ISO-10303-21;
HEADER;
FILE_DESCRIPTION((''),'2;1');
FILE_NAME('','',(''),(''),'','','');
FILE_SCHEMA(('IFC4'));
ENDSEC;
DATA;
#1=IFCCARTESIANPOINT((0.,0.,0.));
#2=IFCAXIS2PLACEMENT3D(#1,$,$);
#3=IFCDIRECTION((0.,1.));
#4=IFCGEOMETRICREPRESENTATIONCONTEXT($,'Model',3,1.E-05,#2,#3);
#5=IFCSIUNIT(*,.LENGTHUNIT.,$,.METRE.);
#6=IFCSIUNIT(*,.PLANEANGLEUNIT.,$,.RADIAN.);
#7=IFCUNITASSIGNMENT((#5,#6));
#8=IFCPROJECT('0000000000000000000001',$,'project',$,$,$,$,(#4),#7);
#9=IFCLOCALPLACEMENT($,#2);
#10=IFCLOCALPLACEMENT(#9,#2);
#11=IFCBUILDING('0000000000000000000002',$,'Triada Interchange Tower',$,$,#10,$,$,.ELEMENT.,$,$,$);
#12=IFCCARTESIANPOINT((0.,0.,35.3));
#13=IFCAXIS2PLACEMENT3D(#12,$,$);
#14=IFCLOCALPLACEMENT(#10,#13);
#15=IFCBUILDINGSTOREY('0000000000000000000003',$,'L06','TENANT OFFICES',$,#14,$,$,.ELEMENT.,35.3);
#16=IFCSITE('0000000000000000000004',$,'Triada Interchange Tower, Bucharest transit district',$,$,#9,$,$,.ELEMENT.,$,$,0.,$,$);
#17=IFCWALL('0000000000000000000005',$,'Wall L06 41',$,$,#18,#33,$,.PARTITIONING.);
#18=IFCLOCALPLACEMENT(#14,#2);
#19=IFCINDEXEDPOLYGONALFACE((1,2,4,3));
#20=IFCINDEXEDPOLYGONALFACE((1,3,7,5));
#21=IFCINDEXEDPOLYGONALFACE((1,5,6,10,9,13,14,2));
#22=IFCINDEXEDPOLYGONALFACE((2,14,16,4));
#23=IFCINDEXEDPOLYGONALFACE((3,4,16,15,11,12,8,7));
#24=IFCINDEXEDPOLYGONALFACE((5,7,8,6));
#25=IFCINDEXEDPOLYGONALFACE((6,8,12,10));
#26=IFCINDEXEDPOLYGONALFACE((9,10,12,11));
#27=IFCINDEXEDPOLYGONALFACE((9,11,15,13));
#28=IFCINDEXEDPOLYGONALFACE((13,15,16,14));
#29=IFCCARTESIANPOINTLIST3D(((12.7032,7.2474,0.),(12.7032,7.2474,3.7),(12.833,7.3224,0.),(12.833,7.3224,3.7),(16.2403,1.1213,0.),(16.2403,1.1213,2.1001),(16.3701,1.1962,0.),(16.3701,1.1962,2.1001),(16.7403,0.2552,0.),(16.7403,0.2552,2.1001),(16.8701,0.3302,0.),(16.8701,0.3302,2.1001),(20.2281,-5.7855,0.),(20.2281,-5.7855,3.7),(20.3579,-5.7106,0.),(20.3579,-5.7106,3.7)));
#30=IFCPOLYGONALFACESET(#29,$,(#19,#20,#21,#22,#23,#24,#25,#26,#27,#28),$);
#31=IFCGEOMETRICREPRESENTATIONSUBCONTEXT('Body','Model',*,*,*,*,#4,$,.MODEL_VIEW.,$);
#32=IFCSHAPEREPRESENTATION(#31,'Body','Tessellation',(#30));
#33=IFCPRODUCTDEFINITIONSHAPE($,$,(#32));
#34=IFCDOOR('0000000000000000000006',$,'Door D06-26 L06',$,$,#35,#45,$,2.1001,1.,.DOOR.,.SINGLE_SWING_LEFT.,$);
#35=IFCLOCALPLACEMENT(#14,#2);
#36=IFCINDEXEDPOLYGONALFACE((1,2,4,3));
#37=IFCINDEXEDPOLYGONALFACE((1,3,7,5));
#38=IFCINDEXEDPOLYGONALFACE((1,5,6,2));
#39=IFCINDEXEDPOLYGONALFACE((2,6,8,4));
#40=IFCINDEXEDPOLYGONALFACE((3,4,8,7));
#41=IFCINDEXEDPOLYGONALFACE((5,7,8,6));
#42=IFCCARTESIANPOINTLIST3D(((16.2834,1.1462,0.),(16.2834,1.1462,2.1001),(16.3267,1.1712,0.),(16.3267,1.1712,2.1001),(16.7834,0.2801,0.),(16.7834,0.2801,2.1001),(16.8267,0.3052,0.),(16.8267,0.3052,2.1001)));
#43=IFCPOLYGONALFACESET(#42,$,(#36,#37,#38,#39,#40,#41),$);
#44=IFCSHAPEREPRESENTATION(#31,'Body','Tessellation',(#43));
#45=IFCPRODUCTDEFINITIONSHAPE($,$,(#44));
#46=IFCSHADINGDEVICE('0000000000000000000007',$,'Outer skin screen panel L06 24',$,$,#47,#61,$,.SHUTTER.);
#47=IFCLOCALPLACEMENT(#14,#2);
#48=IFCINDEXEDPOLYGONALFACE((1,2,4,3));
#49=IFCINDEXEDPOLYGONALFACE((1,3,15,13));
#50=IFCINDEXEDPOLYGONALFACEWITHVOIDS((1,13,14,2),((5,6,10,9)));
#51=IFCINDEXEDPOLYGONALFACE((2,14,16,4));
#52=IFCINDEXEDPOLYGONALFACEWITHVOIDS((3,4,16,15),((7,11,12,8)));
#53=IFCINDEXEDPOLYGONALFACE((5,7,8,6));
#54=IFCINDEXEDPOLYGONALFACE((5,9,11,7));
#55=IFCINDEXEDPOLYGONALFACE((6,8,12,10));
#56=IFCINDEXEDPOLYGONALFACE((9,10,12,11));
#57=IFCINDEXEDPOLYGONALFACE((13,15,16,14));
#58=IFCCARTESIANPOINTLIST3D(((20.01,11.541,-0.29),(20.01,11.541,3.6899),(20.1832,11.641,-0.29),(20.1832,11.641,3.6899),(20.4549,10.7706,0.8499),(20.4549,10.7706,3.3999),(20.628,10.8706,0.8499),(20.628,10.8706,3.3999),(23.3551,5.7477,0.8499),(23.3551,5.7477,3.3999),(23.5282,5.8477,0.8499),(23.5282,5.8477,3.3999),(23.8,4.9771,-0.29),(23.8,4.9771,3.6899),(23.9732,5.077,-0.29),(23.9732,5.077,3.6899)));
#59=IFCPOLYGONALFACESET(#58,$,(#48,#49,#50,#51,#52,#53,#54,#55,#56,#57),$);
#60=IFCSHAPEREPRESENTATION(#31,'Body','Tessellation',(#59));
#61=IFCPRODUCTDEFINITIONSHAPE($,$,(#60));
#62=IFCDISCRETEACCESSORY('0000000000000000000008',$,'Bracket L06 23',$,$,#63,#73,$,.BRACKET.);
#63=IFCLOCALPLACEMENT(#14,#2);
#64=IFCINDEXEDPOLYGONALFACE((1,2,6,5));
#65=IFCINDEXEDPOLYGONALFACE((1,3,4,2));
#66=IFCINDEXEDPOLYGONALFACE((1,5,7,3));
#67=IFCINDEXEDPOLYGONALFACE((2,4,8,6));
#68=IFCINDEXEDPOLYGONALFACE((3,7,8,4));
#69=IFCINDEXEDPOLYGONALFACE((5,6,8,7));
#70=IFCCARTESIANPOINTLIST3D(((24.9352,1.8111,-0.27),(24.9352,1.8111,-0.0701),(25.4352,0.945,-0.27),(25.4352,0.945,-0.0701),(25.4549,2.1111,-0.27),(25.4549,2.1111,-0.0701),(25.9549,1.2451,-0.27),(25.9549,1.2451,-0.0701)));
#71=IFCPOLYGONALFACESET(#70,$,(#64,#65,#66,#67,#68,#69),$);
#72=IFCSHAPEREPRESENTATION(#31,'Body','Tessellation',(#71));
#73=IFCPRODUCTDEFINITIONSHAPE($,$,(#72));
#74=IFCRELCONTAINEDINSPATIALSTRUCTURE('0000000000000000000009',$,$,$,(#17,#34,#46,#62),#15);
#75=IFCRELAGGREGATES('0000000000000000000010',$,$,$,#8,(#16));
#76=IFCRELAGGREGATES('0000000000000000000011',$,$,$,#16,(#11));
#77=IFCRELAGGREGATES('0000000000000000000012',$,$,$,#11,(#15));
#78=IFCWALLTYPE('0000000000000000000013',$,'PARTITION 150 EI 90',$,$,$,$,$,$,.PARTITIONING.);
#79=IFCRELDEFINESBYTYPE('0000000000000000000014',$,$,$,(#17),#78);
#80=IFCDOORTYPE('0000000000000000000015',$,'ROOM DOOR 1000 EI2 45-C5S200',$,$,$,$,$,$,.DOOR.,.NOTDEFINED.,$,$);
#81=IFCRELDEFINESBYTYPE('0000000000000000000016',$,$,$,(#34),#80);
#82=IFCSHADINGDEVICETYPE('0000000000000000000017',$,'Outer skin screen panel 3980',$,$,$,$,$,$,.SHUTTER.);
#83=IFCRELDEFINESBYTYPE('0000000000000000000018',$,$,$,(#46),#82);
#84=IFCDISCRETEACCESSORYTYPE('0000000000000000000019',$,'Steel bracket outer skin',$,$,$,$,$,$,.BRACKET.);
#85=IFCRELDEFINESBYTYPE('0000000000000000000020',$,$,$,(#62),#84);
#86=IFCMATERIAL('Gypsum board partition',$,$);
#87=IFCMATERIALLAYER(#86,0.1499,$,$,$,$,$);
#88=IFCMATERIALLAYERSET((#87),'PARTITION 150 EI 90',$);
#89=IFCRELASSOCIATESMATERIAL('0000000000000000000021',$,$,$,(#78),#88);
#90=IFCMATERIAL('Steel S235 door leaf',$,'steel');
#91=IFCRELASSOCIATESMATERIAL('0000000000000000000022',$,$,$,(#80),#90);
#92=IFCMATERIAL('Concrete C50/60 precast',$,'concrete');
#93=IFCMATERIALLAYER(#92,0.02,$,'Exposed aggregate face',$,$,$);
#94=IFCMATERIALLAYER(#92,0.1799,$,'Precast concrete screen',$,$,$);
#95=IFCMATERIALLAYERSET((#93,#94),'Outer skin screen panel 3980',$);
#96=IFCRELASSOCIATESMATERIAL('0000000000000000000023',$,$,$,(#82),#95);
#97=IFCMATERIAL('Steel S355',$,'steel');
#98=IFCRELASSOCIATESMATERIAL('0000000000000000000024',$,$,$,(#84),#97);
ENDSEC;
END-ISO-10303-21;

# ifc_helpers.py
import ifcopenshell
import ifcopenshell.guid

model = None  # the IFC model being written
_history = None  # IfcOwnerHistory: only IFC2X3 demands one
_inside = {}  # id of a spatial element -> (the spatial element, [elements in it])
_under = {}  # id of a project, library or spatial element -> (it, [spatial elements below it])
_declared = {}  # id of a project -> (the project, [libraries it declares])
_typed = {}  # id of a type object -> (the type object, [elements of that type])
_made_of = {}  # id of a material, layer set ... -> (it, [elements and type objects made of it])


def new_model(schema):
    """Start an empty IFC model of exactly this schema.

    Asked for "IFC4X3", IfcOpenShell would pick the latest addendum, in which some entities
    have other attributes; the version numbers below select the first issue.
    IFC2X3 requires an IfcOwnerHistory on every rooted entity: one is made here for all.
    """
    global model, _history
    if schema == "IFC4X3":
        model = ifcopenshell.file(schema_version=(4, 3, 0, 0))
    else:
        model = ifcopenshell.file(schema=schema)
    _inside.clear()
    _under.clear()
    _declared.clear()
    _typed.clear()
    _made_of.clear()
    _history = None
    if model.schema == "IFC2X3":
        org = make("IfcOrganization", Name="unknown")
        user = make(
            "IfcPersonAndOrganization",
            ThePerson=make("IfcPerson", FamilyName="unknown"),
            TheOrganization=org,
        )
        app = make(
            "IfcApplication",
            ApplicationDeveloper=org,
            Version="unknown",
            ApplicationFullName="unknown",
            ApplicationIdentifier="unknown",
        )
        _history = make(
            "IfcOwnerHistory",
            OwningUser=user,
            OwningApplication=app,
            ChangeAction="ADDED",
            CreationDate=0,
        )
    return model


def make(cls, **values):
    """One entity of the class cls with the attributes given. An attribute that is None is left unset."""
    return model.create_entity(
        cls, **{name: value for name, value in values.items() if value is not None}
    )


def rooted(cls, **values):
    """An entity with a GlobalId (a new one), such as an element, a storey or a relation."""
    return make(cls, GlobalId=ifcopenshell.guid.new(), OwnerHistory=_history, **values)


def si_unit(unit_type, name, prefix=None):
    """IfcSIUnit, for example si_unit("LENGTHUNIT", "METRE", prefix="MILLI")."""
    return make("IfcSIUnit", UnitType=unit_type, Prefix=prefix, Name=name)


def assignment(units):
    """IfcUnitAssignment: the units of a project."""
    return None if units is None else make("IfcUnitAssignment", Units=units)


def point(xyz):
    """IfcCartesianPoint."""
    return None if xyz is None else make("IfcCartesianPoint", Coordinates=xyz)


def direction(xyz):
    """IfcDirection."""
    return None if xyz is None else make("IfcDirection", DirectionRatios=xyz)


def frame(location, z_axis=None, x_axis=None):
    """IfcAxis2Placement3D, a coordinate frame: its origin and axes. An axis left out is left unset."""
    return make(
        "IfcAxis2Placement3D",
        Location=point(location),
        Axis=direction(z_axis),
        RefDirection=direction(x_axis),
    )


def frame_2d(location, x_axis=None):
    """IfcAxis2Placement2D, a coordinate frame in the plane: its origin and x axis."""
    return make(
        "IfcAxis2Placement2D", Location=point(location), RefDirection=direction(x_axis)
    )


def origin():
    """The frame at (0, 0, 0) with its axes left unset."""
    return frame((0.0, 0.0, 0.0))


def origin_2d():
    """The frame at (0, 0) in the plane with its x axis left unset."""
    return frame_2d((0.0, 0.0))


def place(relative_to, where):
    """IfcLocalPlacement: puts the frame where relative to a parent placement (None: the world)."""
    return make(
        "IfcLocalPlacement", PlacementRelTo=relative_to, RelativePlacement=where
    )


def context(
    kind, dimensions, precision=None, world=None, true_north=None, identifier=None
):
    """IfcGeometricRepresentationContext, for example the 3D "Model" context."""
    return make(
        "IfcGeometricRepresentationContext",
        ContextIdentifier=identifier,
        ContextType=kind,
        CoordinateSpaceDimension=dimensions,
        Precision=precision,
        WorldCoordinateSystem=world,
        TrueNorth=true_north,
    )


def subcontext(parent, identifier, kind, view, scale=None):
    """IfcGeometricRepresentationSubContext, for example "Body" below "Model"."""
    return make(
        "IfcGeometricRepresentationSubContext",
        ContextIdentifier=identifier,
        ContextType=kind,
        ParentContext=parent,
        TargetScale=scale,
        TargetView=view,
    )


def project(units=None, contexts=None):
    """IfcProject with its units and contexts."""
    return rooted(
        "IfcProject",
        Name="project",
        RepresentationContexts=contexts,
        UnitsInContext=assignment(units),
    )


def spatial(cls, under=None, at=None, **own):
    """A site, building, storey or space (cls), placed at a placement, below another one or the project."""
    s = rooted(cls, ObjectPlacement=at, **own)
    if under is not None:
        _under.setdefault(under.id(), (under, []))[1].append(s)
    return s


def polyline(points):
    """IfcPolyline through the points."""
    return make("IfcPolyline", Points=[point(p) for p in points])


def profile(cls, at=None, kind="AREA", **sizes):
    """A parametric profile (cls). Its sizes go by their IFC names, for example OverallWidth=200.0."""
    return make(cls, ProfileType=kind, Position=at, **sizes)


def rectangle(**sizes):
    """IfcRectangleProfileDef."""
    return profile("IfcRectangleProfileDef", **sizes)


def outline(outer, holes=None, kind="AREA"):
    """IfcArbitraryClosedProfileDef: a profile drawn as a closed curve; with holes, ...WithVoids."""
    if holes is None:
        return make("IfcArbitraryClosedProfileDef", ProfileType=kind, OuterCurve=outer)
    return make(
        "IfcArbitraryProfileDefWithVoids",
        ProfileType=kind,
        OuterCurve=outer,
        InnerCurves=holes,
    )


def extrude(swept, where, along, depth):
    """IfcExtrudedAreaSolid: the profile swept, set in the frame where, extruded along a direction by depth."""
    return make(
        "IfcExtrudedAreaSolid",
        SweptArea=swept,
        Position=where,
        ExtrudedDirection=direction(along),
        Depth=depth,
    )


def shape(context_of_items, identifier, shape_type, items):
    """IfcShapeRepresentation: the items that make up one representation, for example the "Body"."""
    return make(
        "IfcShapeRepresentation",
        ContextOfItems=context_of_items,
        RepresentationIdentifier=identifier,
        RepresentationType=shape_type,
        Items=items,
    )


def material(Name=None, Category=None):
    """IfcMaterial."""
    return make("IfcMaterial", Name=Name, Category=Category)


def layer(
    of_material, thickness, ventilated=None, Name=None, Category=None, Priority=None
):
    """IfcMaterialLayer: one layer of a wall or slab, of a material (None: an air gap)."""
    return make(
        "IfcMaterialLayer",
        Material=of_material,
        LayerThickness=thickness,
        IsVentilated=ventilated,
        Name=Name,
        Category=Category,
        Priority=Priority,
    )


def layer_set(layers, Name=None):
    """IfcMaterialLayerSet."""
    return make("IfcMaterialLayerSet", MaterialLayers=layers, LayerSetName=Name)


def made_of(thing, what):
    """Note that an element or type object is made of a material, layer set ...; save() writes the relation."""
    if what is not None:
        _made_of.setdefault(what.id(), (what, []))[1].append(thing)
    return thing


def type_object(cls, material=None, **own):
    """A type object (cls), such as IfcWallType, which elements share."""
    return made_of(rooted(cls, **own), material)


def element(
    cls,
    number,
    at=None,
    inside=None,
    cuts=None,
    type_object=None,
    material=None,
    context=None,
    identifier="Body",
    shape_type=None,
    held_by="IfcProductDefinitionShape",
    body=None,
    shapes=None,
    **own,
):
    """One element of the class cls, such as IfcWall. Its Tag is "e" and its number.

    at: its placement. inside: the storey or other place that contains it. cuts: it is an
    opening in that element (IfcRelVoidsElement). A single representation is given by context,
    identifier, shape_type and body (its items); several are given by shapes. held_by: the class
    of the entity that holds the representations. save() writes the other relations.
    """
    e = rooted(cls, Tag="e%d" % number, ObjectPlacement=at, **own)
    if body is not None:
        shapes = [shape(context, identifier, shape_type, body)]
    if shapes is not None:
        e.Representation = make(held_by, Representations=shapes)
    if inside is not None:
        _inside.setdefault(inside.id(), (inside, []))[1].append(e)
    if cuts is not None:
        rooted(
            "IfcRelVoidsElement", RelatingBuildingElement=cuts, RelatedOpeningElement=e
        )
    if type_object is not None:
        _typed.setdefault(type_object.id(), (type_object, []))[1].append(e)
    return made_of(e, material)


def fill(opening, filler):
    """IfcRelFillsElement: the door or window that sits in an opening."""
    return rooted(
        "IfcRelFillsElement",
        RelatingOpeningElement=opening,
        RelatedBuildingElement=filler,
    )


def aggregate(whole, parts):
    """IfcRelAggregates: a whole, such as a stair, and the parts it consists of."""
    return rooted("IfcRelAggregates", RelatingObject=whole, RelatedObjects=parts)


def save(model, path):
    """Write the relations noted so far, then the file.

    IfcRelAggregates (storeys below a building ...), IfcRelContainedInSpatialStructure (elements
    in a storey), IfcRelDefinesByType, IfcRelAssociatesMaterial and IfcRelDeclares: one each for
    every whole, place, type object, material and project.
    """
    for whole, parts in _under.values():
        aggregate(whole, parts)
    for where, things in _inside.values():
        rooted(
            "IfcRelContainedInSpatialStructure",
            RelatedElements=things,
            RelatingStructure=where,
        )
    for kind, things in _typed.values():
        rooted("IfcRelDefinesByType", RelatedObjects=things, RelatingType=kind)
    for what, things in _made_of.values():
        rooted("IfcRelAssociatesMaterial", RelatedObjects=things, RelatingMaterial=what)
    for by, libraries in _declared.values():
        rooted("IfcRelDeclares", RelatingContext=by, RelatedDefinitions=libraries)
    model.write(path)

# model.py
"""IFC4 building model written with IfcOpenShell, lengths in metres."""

from ifc_helpers import new_model, si_unit, direction, frame, frame_2d, origin, origin_2d, place, context, subcontext, project, spatial, polyline, rectangle, outline, extrude, material, layer, layer_set, type_object, element, fill, save


model = new_model("IFC4")

# Units and contexts
model_context = context("Model", 3, precision=1e-05, world=origin(), true_north=direction((0.0, 1.0)))
body_context = subcontext(model_context, "Body", "Model", "MODEL_VIEW")
ifc_project = project(units=[si_unit("LENGTHUNIT", "METRE"), si_unit("PLANEANGLEUNIT", "RADIAN")], contexts=[model_context])

# Site, building, storey
site_placement = place(None, origin())
site = spatial("IfcSite", under=ifc_project, at=site_placement, Name="Triada Interchange Tower, Bucharest transit district", CompositionType="ELEMENT", RefElevation=0.0)
building_placement = place(site_placement, origin())
building = spatial("IfcBuilding", under=site, at=building_placement, Name="Triada Interchange Tower", CompositionType="ELEMENT")
storey_placement = place(building_placement, frame((0.0, 0.0, 35.3)))
storey = spatial("IfcBuildingStorey", under=building, at=storey_placement, Name="L06", Description="TENANT OFFICES", CompositionType="ELEMENT", Elevation=35.3)

# Shared definitions
ifc_material_1 = material(Name="Steel S235 door leaf", Category="steel")

# Shared definitions
ifc_material_2 = material(Name="Gypsum board partition")

# Wall, opening, door
ifc_layer_1 = layer(ifc_material_2, 0.1499)
ifc_layer_set_1 = layer_set([ifc_layer_1], Name="PARTITION 150 EI 90")
wall_type_1 = type_object("IfcWallType", Name="PARTITION 150 EI 90", PredefinedType="PARTITIONING", material=ifc_layer_set_1)
wall_1_placement = place(storey_placement, frame((12.7681, 7.2849, 0.0), z_axis=(0.0, 0.0, 1.0), x_axis=(0.500016, -0.866016, 0.0)))
wall_1 = element("IfcWall", 1, at=wall_1_placement, inside=storey, type_object=wall_type_1, Name="Wall L06 41", PredefinedType="PARTITIONING", context=body_context, shape_type="SweptSolid", body=[
    extrude(rectangle(XDim=15.0493, YDim=0.1499, at=frame_2d((7.5247, 0.0))), origin(), (0.0, 0.0, 1.0), 3.7),
])
opening_1_placement = place(wall_1_placement, frame((7.074, 0.0, 0.0)))
opening_1 = element("IfcOpeningElement", 2, at=opening_1_placement, cuts=wall_1, PredefinedType="OPENING", context=body_context, shape_type="SweptSolid", body=[
    extrude(rectangle(XDim=1.0, YDim=2.1001, at=frame_2d((0.5, 1.05))), frame((0.0, 0.085, 0.0), z_axis=(0.0, -1.0, 0.0), x_axis=(1.0, 0.0, 0.0)), (0.0, 0.0, 1.0), 0.1699),
])
door_type_1 = type_object("IfcDoorType", Name="ROOM DOOR 1000 EI2 45-C5S200", OperationType="NOTDEFINED", PredefinedType="DOOR", material=ifc_material_1)
door_1_placement = place(opening_1_placement, origin())
door_1 = element("IfcDoor", 3, at=door_1_placement, inside=storey, type_object=door_type_1, Name="Door D06-26 L06", OperationType="SINGLE_SWING_LEFT", OverallHeight=2.1001, OverallWidth=1.0, PredefinedType="DOOR", context=body_context, shape_type="SweptSolid", body=[
    extrude(rectangle(XDim=1.0, YDim=2.1001, at=frame_2d((0.5, 1.05))), frame((0.0, 0.0249, 0.0), z_axis=(0.0, -1.0, 0.0), x_axis=(1.0, 0.0, 0.0)), (0.0, 0.0, 1.0), 0.05),
])
fill(opening_1, door_1)

# Shading device
ifc_material_3 = material(Name="Concrete C50/60 precast", Category="concrete")
ifc_layer_2 = layer(ifc_material_3, 0.02, Name="Exposed aggregate face")
ifc_layer_3 = layer(ifc_material_3, 0.1799, Name="Precast concrete screen")
ifc_layer_set_2 = layer_set([ifc_layer_2, ifc_layer_3], Name="Outer skin screen panel 3980")
shading_device_type = type_object("IfcShadingDeviceType", Name="Outer skin screen panel 3980", PredefinedType="SHUTTER", material=ifc_layer_set_2)
shading_device_placement = place(storey_placement, frame((23.8, 4.9771, -0.29), z_axis=(0.0, 0.0, 1.0), x_axis=(-0.500033, 0.866006, 0.0)))
element("IfcShadingDevice", 4, at=shading_device_placement, inside=storey, type_object=shading_device_type, Name="Outer skin screen panel L06 24", PredefinedType="SHUTTER", context=body_context, shape_type="SweptSolid", body=[
    extrude(outline(polyline([(0.0, 0.0), (7.5796, 0.0), (7.5796, 3.98), (0.0, 3.98), (0.0, 0.0)]), holes=[polyline([(0.8899, 1.1399), (0.8899, 3.6899), (6.6899, 3.6899), (6.6899, 1.1399), (0.8899, 1.1399)])]), frame((0.0, 0.0, 0.0), z_axis=(0.0, -1.0, 0.0), x_axis=(1.0, 0.0, 0.0)), (0.0, 0.0, 1.0), 0.2),
])

# Discrete accessory
ifc_material_4 = material(Name="Steel S355", Category="steel")
discrete_accessory_type = type_object("IfcDiscreteAccessoryType", Name="Steel bracket outer skin", PredefinedType="BRACKET", material=ifc_material_4)
discrete_accessory_placement = place(storey_placement, frame((25.4451, 1.5281, -0.27), z_axis=(0.0, 0.0, 1.0), x_axis=(0.866021, 0.500008, 0.0)))
element("IfcDiscreteAccessory", 5, at=discrete_accessory_placement, inside=storey, type_object=discrete_accessory_type, Name="Bracket L06 23", PredefinedType="BRACKET", context=body_context, shape_type="SweptSolid", body=[
    extrude(rectangle(XDim=0.6001, YDim=1.0, at=origin_2d()), origin(), (0.0, 0.0, 1.0), 0.2),
])

save(model, "model.ifc")
